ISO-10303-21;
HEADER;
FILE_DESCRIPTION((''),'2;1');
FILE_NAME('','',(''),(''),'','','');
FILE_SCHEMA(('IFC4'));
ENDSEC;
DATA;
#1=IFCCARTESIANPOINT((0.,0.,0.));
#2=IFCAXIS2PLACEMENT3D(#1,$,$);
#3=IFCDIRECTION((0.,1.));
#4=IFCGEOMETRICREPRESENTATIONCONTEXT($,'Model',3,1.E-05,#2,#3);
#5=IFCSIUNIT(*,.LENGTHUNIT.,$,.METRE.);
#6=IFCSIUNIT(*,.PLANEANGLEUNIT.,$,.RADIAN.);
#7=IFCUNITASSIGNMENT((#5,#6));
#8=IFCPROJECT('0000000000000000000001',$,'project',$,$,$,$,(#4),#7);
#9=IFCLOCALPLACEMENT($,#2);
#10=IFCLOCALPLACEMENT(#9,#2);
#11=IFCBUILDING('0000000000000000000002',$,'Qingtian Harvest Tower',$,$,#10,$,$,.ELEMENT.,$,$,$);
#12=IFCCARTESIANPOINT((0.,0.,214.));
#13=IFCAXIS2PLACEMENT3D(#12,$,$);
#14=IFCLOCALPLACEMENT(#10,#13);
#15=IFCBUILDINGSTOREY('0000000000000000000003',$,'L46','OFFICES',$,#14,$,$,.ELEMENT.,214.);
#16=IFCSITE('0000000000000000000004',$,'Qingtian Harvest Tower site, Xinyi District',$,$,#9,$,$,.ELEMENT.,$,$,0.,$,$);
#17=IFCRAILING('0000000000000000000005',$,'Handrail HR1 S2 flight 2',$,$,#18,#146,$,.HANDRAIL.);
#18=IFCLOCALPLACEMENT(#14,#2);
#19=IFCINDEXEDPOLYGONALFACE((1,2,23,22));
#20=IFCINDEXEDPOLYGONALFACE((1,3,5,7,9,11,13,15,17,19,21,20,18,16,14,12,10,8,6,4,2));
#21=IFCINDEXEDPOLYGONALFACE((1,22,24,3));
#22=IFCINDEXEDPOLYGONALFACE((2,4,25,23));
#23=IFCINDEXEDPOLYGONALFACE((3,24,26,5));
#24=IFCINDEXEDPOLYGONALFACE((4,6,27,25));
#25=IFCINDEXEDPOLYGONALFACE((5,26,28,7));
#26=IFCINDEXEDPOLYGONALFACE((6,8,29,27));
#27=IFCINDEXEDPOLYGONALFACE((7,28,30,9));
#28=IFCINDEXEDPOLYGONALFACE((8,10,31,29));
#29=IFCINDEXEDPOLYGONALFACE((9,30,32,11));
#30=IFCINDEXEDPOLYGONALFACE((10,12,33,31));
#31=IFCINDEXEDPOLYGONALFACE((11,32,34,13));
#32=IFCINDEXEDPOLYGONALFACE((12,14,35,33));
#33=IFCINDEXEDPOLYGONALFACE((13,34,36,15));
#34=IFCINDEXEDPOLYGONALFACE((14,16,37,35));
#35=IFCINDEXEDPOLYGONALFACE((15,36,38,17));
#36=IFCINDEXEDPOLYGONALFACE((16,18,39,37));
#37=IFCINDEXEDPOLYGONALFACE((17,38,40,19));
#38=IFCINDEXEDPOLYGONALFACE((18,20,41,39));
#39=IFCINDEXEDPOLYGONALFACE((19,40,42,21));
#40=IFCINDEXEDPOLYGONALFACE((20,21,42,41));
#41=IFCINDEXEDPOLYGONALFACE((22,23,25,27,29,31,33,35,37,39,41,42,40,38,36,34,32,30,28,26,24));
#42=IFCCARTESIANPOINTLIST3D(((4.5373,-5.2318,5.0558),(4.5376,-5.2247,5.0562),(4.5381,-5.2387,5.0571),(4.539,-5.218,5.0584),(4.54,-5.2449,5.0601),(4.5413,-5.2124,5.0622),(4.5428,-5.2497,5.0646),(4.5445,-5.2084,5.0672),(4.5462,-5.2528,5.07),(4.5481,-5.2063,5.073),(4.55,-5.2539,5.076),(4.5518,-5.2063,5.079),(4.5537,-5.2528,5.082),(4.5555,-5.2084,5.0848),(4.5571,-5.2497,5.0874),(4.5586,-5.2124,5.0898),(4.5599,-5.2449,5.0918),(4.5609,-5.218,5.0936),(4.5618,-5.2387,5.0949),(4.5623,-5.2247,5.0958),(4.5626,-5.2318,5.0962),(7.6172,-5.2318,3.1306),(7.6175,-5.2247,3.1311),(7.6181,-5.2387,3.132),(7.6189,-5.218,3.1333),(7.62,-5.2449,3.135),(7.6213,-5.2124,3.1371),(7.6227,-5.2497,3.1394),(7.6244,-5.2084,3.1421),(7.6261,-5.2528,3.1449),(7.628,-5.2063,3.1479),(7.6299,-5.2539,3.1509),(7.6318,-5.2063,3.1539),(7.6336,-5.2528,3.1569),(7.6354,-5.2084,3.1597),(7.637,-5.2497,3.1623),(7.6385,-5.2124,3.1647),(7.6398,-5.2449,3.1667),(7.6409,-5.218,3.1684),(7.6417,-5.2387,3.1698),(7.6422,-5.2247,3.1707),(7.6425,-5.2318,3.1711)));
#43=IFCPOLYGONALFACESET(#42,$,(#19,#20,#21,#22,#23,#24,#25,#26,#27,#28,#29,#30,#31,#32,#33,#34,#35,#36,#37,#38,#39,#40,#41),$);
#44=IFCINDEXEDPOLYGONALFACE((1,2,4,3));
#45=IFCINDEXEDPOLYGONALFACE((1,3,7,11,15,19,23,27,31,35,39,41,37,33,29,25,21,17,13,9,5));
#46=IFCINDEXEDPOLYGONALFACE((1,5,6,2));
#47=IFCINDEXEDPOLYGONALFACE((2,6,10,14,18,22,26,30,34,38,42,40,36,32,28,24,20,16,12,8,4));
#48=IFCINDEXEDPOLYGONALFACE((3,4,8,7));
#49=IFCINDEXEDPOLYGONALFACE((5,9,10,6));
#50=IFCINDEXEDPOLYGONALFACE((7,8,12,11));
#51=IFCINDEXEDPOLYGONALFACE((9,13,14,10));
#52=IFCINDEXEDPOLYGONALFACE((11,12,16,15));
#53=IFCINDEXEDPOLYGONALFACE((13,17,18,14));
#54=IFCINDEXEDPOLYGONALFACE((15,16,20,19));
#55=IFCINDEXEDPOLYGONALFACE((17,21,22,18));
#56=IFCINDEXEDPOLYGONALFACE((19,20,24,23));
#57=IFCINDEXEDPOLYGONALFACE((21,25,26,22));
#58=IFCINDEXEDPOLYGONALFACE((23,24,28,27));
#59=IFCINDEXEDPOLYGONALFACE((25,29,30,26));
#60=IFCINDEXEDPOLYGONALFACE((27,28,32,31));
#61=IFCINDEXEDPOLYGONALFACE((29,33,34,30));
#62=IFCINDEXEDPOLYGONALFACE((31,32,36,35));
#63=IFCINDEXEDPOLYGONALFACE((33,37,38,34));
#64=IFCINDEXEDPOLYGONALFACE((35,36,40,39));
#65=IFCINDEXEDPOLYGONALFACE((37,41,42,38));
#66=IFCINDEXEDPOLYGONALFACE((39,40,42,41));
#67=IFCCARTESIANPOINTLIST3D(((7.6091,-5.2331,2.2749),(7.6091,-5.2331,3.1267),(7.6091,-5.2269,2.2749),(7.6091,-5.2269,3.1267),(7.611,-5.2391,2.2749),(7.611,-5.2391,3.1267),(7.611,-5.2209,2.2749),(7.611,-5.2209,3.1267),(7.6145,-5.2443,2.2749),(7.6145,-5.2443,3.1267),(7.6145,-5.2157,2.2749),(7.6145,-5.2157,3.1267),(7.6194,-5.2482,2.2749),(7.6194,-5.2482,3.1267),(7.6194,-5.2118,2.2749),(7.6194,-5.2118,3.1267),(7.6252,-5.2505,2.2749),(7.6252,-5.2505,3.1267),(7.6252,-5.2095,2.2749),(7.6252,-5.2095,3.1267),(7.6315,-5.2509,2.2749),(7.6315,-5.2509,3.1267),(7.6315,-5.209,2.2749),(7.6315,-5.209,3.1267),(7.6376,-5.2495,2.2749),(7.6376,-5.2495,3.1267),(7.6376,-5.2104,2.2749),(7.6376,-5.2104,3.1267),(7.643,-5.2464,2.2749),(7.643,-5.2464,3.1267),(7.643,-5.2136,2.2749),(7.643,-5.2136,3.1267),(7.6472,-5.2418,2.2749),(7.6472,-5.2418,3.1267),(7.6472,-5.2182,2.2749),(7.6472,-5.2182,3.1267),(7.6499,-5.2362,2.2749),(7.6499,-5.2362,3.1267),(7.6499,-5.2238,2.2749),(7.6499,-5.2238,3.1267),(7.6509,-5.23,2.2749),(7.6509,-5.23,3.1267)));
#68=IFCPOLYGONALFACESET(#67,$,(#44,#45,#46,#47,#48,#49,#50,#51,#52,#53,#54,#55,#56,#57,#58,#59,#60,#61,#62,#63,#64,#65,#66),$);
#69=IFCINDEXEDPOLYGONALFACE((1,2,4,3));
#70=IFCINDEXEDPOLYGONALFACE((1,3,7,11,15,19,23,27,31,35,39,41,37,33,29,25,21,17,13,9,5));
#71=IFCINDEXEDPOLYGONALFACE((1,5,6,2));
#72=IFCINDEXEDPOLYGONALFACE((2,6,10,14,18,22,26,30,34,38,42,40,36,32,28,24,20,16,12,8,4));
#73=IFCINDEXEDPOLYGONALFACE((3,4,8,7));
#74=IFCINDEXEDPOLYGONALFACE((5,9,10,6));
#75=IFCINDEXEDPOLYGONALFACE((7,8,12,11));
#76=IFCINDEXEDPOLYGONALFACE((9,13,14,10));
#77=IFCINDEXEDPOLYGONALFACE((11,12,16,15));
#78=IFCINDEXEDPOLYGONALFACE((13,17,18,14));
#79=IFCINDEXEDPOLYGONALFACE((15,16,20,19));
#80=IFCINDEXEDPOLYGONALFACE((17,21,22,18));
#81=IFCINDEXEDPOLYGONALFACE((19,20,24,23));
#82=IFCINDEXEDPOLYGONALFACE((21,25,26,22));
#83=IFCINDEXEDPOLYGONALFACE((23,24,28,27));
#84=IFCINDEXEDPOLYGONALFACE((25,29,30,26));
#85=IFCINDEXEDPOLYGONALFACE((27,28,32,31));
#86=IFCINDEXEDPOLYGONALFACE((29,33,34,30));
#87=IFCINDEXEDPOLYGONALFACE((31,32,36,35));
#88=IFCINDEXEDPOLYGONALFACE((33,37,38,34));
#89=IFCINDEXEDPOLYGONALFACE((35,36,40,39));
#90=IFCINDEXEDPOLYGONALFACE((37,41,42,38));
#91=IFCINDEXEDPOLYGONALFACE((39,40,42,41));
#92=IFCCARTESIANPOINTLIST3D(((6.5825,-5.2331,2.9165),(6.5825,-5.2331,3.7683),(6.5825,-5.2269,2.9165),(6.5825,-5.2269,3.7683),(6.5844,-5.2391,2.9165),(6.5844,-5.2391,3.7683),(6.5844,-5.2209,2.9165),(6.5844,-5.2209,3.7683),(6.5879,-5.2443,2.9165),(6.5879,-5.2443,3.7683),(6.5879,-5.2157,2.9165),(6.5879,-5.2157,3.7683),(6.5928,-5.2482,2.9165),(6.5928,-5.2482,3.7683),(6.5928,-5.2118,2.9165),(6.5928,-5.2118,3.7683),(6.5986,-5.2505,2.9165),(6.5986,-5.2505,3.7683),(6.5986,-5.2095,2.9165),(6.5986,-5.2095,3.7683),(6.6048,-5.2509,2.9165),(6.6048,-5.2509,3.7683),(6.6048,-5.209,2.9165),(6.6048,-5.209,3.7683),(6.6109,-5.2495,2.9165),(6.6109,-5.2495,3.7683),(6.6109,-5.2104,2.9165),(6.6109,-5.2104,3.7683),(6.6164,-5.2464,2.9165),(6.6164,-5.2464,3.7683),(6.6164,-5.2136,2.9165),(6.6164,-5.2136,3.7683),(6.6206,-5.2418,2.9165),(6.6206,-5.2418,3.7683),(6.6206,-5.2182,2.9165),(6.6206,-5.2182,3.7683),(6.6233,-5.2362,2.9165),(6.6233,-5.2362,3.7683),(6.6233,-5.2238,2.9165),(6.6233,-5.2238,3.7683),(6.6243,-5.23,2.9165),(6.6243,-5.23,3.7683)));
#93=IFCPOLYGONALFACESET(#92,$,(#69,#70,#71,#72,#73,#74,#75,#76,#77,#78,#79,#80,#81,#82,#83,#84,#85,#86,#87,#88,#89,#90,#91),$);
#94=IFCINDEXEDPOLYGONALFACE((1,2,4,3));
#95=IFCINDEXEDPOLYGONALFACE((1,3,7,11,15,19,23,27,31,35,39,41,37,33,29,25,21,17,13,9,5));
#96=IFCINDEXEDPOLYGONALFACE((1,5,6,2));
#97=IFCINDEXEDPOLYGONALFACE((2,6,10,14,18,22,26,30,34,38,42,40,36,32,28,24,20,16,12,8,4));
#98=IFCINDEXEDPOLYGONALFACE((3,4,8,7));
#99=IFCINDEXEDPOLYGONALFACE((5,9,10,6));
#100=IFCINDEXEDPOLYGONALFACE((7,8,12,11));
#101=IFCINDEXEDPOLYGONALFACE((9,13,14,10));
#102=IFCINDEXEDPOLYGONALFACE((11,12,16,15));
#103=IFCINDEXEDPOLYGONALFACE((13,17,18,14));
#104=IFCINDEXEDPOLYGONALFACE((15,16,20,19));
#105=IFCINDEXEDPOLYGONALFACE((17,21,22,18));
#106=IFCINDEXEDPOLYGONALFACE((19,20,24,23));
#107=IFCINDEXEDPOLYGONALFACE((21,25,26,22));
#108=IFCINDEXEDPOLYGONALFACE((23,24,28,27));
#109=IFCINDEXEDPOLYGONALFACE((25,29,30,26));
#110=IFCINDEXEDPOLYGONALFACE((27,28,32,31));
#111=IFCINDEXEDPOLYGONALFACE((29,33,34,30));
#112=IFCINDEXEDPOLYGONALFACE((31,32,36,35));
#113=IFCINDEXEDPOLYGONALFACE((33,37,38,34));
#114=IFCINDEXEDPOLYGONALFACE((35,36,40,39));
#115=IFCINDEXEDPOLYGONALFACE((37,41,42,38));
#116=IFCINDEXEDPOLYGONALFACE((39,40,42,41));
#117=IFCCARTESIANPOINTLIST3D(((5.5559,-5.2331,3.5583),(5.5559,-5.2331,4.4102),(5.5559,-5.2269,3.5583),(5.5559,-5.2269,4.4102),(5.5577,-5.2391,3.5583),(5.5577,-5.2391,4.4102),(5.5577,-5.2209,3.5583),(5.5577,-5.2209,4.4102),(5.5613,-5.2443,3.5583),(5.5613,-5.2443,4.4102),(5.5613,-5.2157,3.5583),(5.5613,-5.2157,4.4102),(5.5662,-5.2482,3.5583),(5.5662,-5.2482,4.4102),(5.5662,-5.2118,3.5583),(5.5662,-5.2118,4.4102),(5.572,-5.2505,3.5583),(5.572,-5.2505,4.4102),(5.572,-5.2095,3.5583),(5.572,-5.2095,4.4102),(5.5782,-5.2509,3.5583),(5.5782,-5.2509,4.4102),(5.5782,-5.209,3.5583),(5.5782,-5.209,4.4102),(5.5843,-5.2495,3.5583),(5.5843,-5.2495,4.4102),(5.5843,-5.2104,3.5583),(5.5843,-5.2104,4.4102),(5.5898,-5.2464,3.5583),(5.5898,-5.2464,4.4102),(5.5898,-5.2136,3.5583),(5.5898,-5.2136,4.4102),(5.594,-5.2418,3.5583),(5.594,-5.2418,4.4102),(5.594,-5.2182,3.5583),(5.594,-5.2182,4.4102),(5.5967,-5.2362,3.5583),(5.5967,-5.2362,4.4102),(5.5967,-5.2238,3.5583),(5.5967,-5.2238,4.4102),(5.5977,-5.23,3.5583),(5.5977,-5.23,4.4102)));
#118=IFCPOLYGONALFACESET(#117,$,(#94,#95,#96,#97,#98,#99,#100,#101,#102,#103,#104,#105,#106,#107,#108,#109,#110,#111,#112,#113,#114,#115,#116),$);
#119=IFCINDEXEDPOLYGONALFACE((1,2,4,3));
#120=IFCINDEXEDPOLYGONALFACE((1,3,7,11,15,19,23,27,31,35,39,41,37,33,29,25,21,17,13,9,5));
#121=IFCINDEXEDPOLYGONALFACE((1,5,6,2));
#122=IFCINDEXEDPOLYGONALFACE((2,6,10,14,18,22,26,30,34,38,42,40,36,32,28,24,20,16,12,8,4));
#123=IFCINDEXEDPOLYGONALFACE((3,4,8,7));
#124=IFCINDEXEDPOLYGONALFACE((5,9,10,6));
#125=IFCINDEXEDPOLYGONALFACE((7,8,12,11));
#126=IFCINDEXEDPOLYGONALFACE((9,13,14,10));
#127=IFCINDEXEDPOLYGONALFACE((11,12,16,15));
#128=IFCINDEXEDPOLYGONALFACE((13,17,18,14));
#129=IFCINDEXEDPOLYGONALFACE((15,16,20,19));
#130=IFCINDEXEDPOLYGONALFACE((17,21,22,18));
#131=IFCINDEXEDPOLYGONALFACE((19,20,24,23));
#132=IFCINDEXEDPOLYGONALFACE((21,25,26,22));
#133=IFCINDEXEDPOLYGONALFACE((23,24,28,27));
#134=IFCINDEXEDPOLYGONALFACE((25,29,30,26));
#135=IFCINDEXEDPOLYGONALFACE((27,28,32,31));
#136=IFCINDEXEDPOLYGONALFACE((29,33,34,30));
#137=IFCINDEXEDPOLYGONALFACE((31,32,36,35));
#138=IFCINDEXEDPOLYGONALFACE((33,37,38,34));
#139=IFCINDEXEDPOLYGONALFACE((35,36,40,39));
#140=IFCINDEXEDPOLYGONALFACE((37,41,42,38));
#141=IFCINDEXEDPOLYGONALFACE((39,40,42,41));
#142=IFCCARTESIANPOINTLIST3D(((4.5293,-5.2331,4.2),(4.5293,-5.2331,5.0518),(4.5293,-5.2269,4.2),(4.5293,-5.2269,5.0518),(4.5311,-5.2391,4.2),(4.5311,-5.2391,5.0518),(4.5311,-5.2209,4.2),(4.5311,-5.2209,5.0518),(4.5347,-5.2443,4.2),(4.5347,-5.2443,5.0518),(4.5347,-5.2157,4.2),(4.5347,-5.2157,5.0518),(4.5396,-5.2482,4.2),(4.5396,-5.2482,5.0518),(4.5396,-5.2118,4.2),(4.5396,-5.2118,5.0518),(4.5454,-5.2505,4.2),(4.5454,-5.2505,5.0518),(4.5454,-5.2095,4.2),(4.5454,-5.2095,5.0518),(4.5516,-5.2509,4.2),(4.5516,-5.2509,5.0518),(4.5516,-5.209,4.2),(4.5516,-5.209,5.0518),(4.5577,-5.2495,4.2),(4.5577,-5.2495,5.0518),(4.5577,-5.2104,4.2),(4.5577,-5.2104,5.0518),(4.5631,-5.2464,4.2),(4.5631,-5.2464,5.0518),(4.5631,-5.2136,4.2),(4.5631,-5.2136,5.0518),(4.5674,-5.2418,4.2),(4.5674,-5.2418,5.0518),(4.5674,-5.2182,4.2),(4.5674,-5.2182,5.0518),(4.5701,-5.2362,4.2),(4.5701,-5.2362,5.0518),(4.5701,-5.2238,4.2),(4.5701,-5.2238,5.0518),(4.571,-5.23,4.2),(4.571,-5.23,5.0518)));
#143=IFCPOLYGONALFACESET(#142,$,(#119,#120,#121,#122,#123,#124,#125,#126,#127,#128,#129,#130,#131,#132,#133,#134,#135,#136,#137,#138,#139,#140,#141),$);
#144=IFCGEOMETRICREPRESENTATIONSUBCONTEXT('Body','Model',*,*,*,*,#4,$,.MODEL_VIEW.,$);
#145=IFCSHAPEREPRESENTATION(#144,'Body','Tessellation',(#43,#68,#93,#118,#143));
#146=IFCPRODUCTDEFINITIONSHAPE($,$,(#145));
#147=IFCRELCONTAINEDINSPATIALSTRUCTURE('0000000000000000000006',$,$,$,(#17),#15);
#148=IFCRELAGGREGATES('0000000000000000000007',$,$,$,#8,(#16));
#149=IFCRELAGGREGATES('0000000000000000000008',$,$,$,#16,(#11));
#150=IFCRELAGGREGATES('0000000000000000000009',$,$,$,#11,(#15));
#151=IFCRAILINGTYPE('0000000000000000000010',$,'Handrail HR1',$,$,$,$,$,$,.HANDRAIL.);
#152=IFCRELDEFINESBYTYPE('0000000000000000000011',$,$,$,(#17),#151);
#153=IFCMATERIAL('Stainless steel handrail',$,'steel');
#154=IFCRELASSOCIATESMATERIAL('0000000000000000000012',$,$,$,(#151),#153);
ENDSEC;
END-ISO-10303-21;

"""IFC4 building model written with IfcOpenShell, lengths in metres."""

from ifc_helpers import new_model, si_unit, direction, frame, origin, origin_2d, place, context, subcontext, project, spatial, circle, extrude, material, type_object, element, save


model = new_model("IFC4")

# Units and contexts
model_context = context("Model", 3, precision=1e-05, world=origin(), true_north=direction((0.0, 1.0)))
body_context = subcontext(model_context, "Body", "Model", "MODEL_VIEW")
ifc_project = project(units=[si_unit("LENGTHUNIT", "METRE"), si_unit("PLANEANGLEUNIT", "RADIAN")], contexts=[model_context])

# Site, building, storey
site_placement = place(None, origin())
site = spatial("IfcSite", under=ifc_project, at=site_placement, Name="Qingtian Harvest Tower site, Xinyi District", CompositionType="ELEMENT", RefElevation=0.0)
building_placement = place(site_placement, origin())
building = spatial("IfcBuilding", under=site, at=building_placement, Name="Qingtian Harvest Tower", CompositionType="ELEMENT")
storey_placement = place(building_placement, frame((0.0, 0.0, 214.0)))
storey = spatial("IfcBuildingStorey", under=building, at=storey_placement, Name="L46", Description="OFFICES", CompositionType="ELEMENT", Elevation=214.0)

# Railing
ifc_material_1 = material(Name="Stainless steel handrail", Category="steel")
railing_type = type_object("IfcRailingType", Name="Handrail HR1", PredefinedType="HANDRAIL", material=ifc_material_1)
railing_1_placement = place(storey_placement, frame((7.6299, -5.23, 2.2749)))
element("IfcRailing", 1, at=railing_1_placement, inside=storey, type_object=railing_type, Name="Handrail HR1 S2 flight 2", PredefinedType="HANDRAIL", context=body_context, shape_type="SweptSolid", body=[
    extrude(circle(Radius=0.0239, at=origin_2d()), frame((0.0, 0.0, 0.876), z_axis=(-0.847979, 0.0, 0.530029), x_axis=(0.0, -1.0, 0.0)), (0.0, 0.0, 1.0), 3.6321),
    extrude(circle(Radius=0.021, at=origin_2d()), origin(), (0.0, 0.0, 1.0), 0.8518),
    extrude(circle(Radius=0.021, at=origin_2d()), frame((-1.0266, 0.0, 0.6416)), (0.0, 0.0, 1.0), 0.8518),
    extrude(circle(Radius=0.021, at=origin_2d()), frame((-2.0532, 0.0, 1.2834)), (0.0, 0.0, 1.0), 0.8518),
    extrude(circle(Radius=0.021, at=origin_2d()), frame((-3.0798, 0.0, 1.925)), (0.0, 0.0, 1.0), 0.8518),
])

save(model, "model.ifc")
